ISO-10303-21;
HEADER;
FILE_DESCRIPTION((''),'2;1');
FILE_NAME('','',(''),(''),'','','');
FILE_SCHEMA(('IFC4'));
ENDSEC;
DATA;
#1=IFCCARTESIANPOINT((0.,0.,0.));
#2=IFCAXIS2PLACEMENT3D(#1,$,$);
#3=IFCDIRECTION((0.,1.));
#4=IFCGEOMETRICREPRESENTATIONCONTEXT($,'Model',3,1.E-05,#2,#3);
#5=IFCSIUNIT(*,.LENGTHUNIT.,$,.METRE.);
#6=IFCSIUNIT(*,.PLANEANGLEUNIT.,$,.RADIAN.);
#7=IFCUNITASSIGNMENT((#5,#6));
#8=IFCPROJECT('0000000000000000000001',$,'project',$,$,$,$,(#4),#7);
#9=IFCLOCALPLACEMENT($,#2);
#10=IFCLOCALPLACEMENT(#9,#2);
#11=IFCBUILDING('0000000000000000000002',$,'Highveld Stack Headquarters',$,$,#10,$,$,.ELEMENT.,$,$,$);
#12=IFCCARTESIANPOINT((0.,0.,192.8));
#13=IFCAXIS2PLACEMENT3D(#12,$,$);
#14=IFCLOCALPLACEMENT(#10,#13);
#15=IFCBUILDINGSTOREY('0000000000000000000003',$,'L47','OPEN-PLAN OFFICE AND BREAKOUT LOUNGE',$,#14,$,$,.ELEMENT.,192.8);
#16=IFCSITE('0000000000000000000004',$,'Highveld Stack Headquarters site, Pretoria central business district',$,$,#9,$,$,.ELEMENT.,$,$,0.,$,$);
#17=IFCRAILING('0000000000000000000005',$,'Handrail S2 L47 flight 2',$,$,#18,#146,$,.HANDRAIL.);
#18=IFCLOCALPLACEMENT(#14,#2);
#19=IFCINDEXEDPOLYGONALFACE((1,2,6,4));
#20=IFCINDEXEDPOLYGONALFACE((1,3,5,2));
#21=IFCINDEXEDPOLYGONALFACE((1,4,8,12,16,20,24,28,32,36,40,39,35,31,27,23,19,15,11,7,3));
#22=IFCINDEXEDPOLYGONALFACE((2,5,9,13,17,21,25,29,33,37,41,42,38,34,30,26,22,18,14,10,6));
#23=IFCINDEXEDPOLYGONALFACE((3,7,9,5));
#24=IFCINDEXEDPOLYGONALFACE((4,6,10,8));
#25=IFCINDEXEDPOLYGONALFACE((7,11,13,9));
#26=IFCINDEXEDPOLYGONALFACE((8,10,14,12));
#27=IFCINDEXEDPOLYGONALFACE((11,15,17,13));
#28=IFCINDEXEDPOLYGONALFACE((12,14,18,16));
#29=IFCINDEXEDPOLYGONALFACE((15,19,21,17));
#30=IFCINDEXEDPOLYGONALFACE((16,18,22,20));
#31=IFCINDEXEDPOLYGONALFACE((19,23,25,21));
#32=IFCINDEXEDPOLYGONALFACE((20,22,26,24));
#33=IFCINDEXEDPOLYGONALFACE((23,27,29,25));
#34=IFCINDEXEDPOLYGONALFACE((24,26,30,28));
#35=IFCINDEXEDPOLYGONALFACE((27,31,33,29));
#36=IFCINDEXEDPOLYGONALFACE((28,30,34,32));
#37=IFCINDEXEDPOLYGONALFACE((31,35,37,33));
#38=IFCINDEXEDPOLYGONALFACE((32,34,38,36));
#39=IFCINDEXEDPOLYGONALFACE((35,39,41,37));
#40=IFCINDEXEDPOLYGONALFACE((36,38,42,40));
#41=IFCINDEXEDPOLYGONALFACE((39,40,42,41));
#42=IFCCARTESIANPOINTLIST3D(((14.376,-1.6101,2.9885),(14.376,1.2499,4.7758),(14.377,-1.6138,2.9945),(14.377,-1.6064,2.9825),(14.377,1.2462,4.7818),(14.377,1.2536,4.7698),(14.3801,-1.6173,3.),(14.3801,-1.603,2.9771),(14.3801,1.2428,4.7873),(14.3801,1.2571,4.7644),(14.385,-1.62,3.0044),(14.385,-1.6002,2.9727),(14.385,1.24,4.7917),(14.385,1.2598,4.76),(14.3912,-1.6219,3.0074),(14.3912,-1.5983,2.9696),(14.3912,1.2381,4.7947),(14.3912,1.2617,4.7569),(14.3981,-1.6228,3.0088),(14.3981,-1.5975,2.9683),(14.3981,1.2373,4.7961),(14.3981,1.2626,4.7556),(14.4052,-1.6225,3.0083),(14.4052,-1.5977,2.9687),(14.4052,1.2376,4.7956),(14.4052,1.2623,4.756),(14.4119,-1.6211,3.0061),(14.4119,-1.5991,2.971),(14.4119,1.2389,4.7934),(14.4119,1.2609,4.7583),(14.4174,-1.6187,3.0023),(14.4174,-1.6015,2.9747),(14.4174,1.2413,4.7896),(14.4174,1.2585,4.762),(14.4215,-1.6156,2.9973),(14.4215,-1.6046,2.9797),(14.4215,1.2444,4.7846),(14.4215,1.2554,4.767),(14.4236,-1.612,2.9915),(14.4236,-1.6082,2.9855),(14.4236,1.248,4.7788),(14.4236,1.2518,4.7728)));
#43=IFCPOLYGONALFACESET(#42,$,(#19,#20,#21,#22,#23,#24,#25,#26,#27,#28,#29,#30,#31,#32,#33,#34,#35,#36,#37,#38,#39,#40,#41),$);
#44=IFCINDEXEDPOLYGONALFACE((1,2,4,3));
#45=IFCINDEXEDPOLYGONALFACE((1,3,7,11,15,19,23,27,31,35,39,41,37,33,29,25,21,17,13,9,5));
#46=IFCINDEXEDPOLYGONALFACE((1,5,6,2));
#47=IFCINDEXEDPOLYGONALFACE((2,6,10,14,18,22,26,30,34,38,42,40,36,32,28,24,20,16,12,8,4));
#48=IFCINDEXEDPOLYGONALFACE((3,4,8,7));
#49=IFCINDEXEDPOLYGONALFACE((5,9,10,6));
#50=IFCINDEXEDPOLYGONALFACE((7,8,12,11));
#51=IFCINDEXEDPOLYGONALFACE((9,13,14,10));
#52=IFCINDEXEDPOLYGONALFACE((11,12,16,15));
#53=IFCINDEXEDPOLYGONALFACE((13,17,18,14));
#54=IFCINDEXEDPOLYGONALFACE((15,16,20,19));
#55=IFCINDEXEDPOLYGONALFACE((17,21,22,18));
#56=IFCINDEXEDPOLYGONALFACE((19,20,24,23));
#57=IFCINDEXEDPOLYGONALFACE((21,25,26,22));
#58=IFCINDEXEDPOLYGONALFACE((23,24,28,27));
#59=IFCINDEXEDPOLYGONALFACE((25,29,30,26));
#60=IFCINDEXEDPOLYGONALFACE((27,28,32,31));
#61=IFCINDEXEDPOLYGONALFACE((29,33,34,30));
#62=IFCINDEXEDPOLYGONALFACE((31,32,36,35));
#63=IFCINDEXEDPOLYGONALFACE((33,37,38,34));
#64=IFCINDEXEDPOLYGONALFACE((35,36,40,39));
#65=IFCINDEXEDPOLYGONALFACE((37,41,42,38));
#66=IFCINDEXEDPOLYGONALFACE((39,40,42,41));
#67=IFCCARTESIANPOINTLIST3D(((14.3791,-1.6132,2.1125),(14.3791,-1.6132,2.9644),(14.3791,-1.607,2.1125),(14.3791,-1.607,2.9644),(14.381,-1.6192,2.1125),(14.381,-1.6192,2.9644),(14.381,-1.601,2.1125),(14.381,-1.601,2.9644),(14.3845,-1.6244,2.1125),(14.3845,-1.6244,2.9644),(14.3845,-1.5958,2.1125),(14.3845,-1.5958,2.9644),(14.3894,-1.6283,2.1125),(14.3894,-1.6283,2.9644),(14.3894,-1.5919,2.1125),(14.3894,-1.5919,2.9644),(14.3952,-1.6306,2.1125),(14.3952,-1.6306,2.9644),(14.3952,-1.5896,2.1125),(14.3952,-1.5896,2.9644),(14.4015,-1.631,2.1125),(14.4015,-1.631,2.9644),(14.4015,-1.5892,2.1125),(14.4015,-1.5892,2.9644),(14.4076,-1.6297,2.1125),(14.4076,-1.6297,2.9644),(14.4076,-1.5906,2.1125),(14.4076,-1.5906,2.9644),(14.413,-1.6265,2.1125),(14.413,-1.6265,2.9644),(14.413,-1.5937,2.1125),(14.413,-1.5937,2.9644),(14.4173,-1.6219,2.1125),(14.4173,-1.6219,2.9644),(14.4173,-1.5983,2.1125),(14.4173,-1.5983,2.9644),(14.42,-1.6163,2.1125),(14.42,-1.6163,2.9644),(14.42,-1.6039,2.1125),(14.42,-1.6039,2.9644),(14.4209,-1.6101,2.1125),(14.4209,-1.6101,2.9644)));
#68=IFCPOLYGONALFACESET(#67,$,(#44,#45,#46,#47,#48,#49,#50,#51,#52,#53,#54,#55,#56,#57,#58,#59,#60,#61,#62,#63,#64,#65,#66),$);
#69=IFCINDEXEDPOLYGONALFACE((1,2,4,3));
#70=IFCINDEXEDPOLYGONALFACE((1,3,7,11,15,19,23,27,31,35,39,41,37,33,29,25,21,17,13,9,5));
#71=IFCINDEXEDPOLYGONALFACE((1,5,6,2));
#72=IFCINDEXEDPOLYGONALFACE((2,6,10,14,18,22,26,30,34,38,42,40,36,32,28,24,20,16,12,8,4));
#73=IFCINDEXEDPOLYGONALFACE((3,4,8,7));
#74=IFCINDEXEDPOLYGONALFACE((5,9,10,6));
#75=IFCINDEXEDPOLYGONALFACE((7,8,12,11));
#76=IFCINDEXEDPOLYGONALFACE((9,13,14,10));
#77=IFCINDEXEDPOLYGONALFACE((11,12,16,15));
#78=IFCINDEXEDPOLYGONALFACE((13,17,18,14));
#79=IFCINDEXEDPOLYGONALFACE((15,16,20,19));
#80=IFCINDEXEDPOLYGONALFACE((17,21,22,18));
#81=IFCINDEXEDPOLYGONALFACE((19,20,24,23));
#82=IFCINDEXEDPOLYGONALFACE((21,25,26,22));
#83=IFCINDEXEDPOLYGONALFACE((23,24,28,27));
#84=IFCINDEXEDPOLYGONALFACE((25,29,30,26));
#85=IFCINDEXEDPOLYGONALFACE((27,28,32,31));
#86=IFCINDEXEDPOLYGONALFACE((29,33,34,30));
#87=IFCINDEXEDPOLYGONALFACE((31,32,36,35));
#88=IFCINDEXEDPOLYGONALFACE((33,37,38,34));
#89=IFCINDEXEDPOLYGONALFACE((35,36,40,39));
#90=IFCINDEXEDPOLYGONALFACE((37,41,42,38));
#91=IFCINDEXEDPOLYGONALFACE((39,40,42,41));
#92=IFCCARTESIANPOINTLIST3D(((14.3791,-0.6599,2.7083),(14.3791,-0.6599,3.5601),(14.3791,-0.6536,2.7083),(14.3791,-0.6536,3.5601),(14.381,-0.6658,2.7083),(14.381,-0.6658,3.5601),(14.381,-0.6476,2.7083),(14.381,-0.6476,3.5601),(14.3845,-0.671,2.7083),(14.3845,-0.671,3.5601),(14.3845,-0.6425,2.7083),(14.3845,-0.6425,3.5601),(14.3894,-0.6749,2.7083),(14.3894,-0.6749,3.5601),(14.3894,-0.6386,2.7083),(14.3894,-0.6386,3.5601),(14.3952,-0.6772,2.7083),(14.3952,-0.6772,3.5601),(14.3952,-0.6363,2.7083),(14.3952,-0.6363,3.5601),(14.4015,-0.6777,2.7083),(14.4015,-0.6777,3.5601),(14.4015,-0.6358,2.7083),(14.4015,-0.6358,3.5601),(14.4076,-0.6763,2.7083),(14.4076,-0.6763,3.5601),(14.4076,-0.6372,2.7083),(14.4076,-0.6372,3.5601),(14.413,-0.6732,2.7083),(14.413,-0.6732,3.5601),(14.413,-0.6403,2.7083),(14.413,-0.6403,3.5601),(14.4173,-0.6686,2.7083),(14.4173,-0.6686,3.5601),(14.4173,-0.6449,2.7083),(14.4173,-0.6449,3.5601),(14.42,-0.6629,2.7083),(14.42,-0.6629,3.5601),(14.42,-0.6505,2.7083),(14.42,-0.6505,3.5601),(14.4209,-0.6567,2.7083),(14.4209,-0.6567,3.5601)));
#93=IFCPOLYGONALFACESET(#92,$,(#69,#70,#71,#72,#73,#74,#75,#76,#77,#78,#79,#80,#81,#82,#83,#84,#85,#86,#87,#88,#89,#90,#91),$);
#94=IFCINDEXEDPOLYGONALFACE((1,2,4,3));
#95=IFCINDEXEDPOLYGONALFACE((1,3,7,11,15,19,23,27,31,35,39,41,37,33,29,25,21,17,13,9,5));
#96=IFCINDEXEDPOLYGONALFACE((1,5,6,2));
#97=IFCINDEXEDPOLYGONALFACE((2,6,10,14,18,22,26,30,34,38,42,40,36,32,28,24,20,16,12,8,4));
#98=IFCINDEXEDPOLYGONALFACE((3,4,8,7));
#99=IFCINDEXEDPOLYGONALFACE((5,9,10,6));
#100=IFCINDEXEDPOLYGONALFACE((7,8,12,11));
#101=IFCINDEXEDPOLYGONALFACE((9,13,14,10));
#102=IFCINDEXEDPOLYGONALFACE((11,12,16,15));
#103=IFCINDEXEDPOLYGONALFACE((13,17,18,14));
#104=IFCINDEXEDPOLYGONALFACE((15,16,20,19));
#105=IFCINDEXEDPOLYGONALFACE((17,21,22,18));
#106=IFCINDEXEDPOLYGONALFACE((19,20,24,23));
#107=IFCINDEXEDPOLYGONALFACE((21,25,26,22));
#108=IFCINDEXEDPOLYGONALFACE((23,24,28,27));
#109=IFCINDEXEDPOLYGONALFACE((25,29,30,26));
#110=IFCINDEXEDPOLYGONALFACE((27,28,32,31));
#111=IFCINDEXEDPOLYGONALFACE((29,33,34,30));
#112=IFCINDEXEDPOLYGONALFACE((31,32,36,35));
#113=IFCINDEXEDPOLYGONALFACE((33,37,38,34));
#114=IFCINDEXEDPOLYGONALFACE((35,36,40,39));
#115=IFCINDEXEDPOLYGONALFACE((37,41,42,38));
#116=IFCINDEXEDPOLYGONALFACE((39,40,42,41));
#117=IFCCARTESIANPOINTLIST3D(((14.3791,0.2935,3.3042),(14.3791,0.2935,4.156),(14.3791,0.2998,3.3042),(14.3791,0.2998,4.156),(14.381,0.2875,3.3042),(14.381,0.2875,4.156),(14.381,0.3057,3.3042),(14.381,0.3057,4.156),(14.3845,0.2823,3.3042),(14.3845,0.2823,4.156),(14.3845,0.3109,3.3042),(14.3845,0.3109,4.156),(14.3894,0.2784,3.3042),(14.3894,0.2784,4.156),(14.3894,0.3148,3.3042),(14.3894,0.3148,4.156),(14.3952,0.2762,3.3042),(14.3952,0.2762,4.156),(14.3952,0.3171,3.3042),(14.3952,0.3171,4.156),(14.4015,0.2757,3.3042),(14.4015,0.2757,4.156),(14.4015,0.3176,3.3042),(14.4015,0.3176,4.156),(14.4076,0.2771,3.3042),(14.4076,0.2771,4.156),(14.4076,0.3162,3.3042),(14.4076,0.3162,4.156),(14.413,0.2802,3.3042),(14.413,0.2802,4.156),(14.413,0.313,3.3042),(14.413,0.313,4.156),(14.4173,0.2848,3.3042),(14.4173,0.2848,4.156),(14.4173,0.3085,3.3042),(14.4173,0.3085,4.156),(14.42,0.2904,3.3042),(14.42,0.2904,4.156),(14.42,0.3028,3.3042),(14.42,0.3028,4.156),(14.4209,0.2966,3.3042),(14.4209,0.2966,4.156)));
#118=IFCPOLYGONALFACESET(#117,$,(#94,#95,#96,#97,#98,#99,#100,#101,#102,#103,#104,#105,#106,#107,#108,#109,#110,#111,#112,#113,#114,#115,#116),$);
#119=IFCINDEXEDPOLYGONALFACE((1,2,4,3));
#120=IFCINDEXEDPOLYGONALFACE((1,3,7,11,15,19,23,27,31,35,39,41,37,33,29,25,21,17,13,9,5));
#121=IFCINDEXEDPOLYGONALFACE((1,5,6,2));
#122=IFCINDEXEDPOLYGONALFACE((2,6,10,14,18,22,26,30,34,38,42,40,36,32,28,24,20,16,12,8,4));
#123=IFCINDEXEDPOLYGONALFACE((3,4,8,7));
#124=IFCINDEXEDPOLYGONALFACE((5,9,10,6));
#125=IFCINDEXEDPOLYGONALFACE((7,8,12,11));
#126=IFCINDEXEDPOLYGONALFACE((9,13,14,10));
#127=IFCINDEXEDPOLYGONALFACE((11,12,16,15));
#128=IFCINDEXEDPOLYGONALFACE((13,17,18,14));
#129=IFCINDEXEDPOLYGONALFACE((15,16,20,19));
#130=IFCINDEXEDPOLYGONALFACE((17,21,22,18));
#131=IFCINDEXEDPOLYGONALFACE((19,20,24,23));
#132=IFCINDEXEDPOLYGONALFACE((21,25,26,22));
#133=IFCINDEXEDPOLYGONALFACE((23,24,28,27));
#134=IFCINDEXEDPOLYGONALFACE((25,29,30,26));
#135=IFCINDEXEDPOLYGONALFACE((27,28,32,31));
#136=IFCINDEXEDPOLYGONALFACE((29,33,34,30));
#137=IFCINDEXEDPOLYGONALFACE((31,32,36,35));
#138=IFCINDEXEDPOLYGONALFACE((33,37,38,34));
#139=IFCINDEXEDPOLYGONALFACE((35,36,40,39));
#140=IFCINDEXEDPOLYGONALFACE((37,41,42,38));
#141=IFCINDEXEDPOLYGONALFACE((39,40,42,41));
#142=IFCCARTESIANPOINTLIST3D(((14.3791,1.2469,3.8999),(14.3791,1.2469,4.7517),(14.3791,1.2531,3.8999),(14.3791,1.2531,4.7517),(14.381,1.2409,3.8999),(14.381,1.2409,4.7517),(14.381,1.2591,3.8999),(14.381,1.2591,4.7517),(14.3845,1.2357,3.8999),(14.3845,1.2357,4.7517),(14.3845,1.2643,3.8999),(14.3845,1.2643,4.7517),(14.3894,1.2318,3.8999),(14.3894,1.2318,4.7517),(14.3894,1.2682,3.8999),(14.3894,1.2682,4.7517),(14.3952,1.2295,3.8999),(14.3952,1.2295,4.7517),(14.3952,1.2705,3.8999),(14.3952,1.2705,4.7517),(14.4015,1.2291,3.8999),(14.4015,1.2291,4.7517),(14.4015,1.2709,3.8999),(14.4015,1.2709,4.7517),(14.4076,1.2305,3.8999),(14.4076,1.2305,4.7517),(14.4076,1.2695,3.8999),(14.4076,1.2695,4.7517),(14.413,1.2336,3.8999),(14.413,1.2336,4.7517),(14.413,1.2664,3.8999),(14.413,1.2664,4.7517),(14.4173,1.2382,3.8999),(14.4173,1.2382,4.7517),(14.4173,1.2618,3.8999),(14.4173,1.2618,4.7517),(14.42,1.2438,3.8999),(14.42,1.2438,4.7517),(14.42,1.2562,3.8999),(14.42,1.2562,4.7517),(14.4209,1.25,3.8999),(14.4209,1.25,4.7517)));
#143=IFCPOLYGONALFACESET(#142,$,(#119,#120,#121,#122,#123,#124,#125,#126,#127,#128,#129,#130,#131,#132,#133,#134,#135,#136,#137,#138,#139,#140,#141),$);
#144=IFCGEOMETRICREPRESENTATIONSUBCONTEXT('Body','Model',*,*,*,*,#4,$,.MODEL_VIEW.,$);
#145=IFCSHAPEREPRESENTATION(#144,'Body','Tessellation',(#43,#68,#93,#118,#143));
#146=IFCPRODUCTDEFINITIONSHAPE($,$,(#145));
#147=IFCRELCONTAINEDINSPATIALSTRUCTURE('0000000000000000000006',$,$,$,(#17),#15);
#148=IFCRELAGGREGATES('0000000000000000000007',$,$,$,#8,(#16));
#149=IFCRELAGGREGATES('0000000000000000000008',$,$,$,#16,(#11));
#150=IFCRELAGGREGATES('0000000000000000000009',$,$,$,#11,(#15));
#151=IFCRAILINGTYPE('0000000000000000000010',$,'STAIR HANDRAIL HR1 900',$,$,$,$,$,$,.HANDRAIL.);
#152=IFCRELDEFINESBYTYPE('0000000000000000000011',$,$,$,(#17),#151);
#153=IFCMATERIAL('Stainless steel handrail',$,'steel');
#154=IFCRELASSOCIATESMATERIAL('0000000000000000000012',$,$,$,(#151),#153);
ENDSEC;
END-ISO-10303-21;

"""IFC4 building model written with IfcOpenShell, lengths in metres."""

from ifc_helpers import new_model, si_unit, direction, frame, origin, origin_2d, place, context, subcontext, project, spatial, circle, extrude, material, type_object, element, save


model = new_model("IFC4")

# Units and contexts
model_context = context("Model", 3, precision=1e-05, world=origin(), true_north=direction((0.0, 1.0)))
body_context = subcontext(model_context, "Body", "Model", "MODEL_VIEW")
ifc_project = project(units=[si_unit("LENGTHUNIT", "METRE"), si_unit("PLANEANGLEUNIT", "RADIAN")], contexts=[model_context])

# Site, building, storey
site_placement = place(None, origin())
site = spatial("IfcSite", under=ifc_project, at=site_placement, Name="Highveld Stack Headquarters site, Pretoria central business district", CompositionType="ELEMENT", RefElevation=0.0)
building_placement = place(site_placement, origin())
building = spatial("IfcBuilding", under=site, at=building_placement, Name="Highveld Stack Headquarters", CompositionType="ELEMENT")
storey_placement = place(building_placement, frame((0.0, 0.0, 192.8)))
storey = spatial("IfcBuildingStorey", under=building, at=storey_placement, Name="L47", Description="OPEN-PLAN OFFICE AND BREAKOUT LOUNGE", CompositionType="ELEMENT", Elevation=192.8)

# Railing
ifc_material_1 = material(Name="Stainless steel handrail", Category="steel")
railing_type = type_object("IfcRailingType", Name="STAIR HANDRAIL HR1 900", PredefinedType="HANDRAIL", material=ifc_material_1)
for number, where, name in (
    (1, (14.3999, -1.6101, 2.1125), "Handrail S2 L47 flight 2"),
):
    element("IfcRailing", number, at=place(storey_placement, frame(where)), inside=storey, type_object=railing_type, Name=name, PredefinedType="HANDRAIL", context=body_context, shape_type="SweptSolid", body=[
        extrude(circle(Radius=0.0239, at=origin_2d()), frame((0.0, 0.0, 0.876), z_axis=(0.0, 0.848027, 0.529953), x_axis=(-1.0, 0.0, 0.0)), (0.0, 0.0, 1.0), 3.3726),
        extrude(circle(Radius=0.021, at=origin_2d()), origin(), (0.0, 0.0, 1.0), 0.8518),
        extrude(circle(Radius=0.021, at=origin_2d()), frame((0.0, 0.9534, 0.5957)), (0.0, 0.0, 1.0), 0.8518),
        extrude(circle(Radius=0.021, at=origin_2d()), frame((0.0, 1.9067, 1.1917)), (0.0, 0.0, 1.0), 0.8518),
        extrude(circle(Radius=0.021, at=origin_2d()), frame((0.0, 2.8601, 1.7874)), (0.0, 0.0, 1.0), 0.8518),
    ])

save(model, "model.ifc")
